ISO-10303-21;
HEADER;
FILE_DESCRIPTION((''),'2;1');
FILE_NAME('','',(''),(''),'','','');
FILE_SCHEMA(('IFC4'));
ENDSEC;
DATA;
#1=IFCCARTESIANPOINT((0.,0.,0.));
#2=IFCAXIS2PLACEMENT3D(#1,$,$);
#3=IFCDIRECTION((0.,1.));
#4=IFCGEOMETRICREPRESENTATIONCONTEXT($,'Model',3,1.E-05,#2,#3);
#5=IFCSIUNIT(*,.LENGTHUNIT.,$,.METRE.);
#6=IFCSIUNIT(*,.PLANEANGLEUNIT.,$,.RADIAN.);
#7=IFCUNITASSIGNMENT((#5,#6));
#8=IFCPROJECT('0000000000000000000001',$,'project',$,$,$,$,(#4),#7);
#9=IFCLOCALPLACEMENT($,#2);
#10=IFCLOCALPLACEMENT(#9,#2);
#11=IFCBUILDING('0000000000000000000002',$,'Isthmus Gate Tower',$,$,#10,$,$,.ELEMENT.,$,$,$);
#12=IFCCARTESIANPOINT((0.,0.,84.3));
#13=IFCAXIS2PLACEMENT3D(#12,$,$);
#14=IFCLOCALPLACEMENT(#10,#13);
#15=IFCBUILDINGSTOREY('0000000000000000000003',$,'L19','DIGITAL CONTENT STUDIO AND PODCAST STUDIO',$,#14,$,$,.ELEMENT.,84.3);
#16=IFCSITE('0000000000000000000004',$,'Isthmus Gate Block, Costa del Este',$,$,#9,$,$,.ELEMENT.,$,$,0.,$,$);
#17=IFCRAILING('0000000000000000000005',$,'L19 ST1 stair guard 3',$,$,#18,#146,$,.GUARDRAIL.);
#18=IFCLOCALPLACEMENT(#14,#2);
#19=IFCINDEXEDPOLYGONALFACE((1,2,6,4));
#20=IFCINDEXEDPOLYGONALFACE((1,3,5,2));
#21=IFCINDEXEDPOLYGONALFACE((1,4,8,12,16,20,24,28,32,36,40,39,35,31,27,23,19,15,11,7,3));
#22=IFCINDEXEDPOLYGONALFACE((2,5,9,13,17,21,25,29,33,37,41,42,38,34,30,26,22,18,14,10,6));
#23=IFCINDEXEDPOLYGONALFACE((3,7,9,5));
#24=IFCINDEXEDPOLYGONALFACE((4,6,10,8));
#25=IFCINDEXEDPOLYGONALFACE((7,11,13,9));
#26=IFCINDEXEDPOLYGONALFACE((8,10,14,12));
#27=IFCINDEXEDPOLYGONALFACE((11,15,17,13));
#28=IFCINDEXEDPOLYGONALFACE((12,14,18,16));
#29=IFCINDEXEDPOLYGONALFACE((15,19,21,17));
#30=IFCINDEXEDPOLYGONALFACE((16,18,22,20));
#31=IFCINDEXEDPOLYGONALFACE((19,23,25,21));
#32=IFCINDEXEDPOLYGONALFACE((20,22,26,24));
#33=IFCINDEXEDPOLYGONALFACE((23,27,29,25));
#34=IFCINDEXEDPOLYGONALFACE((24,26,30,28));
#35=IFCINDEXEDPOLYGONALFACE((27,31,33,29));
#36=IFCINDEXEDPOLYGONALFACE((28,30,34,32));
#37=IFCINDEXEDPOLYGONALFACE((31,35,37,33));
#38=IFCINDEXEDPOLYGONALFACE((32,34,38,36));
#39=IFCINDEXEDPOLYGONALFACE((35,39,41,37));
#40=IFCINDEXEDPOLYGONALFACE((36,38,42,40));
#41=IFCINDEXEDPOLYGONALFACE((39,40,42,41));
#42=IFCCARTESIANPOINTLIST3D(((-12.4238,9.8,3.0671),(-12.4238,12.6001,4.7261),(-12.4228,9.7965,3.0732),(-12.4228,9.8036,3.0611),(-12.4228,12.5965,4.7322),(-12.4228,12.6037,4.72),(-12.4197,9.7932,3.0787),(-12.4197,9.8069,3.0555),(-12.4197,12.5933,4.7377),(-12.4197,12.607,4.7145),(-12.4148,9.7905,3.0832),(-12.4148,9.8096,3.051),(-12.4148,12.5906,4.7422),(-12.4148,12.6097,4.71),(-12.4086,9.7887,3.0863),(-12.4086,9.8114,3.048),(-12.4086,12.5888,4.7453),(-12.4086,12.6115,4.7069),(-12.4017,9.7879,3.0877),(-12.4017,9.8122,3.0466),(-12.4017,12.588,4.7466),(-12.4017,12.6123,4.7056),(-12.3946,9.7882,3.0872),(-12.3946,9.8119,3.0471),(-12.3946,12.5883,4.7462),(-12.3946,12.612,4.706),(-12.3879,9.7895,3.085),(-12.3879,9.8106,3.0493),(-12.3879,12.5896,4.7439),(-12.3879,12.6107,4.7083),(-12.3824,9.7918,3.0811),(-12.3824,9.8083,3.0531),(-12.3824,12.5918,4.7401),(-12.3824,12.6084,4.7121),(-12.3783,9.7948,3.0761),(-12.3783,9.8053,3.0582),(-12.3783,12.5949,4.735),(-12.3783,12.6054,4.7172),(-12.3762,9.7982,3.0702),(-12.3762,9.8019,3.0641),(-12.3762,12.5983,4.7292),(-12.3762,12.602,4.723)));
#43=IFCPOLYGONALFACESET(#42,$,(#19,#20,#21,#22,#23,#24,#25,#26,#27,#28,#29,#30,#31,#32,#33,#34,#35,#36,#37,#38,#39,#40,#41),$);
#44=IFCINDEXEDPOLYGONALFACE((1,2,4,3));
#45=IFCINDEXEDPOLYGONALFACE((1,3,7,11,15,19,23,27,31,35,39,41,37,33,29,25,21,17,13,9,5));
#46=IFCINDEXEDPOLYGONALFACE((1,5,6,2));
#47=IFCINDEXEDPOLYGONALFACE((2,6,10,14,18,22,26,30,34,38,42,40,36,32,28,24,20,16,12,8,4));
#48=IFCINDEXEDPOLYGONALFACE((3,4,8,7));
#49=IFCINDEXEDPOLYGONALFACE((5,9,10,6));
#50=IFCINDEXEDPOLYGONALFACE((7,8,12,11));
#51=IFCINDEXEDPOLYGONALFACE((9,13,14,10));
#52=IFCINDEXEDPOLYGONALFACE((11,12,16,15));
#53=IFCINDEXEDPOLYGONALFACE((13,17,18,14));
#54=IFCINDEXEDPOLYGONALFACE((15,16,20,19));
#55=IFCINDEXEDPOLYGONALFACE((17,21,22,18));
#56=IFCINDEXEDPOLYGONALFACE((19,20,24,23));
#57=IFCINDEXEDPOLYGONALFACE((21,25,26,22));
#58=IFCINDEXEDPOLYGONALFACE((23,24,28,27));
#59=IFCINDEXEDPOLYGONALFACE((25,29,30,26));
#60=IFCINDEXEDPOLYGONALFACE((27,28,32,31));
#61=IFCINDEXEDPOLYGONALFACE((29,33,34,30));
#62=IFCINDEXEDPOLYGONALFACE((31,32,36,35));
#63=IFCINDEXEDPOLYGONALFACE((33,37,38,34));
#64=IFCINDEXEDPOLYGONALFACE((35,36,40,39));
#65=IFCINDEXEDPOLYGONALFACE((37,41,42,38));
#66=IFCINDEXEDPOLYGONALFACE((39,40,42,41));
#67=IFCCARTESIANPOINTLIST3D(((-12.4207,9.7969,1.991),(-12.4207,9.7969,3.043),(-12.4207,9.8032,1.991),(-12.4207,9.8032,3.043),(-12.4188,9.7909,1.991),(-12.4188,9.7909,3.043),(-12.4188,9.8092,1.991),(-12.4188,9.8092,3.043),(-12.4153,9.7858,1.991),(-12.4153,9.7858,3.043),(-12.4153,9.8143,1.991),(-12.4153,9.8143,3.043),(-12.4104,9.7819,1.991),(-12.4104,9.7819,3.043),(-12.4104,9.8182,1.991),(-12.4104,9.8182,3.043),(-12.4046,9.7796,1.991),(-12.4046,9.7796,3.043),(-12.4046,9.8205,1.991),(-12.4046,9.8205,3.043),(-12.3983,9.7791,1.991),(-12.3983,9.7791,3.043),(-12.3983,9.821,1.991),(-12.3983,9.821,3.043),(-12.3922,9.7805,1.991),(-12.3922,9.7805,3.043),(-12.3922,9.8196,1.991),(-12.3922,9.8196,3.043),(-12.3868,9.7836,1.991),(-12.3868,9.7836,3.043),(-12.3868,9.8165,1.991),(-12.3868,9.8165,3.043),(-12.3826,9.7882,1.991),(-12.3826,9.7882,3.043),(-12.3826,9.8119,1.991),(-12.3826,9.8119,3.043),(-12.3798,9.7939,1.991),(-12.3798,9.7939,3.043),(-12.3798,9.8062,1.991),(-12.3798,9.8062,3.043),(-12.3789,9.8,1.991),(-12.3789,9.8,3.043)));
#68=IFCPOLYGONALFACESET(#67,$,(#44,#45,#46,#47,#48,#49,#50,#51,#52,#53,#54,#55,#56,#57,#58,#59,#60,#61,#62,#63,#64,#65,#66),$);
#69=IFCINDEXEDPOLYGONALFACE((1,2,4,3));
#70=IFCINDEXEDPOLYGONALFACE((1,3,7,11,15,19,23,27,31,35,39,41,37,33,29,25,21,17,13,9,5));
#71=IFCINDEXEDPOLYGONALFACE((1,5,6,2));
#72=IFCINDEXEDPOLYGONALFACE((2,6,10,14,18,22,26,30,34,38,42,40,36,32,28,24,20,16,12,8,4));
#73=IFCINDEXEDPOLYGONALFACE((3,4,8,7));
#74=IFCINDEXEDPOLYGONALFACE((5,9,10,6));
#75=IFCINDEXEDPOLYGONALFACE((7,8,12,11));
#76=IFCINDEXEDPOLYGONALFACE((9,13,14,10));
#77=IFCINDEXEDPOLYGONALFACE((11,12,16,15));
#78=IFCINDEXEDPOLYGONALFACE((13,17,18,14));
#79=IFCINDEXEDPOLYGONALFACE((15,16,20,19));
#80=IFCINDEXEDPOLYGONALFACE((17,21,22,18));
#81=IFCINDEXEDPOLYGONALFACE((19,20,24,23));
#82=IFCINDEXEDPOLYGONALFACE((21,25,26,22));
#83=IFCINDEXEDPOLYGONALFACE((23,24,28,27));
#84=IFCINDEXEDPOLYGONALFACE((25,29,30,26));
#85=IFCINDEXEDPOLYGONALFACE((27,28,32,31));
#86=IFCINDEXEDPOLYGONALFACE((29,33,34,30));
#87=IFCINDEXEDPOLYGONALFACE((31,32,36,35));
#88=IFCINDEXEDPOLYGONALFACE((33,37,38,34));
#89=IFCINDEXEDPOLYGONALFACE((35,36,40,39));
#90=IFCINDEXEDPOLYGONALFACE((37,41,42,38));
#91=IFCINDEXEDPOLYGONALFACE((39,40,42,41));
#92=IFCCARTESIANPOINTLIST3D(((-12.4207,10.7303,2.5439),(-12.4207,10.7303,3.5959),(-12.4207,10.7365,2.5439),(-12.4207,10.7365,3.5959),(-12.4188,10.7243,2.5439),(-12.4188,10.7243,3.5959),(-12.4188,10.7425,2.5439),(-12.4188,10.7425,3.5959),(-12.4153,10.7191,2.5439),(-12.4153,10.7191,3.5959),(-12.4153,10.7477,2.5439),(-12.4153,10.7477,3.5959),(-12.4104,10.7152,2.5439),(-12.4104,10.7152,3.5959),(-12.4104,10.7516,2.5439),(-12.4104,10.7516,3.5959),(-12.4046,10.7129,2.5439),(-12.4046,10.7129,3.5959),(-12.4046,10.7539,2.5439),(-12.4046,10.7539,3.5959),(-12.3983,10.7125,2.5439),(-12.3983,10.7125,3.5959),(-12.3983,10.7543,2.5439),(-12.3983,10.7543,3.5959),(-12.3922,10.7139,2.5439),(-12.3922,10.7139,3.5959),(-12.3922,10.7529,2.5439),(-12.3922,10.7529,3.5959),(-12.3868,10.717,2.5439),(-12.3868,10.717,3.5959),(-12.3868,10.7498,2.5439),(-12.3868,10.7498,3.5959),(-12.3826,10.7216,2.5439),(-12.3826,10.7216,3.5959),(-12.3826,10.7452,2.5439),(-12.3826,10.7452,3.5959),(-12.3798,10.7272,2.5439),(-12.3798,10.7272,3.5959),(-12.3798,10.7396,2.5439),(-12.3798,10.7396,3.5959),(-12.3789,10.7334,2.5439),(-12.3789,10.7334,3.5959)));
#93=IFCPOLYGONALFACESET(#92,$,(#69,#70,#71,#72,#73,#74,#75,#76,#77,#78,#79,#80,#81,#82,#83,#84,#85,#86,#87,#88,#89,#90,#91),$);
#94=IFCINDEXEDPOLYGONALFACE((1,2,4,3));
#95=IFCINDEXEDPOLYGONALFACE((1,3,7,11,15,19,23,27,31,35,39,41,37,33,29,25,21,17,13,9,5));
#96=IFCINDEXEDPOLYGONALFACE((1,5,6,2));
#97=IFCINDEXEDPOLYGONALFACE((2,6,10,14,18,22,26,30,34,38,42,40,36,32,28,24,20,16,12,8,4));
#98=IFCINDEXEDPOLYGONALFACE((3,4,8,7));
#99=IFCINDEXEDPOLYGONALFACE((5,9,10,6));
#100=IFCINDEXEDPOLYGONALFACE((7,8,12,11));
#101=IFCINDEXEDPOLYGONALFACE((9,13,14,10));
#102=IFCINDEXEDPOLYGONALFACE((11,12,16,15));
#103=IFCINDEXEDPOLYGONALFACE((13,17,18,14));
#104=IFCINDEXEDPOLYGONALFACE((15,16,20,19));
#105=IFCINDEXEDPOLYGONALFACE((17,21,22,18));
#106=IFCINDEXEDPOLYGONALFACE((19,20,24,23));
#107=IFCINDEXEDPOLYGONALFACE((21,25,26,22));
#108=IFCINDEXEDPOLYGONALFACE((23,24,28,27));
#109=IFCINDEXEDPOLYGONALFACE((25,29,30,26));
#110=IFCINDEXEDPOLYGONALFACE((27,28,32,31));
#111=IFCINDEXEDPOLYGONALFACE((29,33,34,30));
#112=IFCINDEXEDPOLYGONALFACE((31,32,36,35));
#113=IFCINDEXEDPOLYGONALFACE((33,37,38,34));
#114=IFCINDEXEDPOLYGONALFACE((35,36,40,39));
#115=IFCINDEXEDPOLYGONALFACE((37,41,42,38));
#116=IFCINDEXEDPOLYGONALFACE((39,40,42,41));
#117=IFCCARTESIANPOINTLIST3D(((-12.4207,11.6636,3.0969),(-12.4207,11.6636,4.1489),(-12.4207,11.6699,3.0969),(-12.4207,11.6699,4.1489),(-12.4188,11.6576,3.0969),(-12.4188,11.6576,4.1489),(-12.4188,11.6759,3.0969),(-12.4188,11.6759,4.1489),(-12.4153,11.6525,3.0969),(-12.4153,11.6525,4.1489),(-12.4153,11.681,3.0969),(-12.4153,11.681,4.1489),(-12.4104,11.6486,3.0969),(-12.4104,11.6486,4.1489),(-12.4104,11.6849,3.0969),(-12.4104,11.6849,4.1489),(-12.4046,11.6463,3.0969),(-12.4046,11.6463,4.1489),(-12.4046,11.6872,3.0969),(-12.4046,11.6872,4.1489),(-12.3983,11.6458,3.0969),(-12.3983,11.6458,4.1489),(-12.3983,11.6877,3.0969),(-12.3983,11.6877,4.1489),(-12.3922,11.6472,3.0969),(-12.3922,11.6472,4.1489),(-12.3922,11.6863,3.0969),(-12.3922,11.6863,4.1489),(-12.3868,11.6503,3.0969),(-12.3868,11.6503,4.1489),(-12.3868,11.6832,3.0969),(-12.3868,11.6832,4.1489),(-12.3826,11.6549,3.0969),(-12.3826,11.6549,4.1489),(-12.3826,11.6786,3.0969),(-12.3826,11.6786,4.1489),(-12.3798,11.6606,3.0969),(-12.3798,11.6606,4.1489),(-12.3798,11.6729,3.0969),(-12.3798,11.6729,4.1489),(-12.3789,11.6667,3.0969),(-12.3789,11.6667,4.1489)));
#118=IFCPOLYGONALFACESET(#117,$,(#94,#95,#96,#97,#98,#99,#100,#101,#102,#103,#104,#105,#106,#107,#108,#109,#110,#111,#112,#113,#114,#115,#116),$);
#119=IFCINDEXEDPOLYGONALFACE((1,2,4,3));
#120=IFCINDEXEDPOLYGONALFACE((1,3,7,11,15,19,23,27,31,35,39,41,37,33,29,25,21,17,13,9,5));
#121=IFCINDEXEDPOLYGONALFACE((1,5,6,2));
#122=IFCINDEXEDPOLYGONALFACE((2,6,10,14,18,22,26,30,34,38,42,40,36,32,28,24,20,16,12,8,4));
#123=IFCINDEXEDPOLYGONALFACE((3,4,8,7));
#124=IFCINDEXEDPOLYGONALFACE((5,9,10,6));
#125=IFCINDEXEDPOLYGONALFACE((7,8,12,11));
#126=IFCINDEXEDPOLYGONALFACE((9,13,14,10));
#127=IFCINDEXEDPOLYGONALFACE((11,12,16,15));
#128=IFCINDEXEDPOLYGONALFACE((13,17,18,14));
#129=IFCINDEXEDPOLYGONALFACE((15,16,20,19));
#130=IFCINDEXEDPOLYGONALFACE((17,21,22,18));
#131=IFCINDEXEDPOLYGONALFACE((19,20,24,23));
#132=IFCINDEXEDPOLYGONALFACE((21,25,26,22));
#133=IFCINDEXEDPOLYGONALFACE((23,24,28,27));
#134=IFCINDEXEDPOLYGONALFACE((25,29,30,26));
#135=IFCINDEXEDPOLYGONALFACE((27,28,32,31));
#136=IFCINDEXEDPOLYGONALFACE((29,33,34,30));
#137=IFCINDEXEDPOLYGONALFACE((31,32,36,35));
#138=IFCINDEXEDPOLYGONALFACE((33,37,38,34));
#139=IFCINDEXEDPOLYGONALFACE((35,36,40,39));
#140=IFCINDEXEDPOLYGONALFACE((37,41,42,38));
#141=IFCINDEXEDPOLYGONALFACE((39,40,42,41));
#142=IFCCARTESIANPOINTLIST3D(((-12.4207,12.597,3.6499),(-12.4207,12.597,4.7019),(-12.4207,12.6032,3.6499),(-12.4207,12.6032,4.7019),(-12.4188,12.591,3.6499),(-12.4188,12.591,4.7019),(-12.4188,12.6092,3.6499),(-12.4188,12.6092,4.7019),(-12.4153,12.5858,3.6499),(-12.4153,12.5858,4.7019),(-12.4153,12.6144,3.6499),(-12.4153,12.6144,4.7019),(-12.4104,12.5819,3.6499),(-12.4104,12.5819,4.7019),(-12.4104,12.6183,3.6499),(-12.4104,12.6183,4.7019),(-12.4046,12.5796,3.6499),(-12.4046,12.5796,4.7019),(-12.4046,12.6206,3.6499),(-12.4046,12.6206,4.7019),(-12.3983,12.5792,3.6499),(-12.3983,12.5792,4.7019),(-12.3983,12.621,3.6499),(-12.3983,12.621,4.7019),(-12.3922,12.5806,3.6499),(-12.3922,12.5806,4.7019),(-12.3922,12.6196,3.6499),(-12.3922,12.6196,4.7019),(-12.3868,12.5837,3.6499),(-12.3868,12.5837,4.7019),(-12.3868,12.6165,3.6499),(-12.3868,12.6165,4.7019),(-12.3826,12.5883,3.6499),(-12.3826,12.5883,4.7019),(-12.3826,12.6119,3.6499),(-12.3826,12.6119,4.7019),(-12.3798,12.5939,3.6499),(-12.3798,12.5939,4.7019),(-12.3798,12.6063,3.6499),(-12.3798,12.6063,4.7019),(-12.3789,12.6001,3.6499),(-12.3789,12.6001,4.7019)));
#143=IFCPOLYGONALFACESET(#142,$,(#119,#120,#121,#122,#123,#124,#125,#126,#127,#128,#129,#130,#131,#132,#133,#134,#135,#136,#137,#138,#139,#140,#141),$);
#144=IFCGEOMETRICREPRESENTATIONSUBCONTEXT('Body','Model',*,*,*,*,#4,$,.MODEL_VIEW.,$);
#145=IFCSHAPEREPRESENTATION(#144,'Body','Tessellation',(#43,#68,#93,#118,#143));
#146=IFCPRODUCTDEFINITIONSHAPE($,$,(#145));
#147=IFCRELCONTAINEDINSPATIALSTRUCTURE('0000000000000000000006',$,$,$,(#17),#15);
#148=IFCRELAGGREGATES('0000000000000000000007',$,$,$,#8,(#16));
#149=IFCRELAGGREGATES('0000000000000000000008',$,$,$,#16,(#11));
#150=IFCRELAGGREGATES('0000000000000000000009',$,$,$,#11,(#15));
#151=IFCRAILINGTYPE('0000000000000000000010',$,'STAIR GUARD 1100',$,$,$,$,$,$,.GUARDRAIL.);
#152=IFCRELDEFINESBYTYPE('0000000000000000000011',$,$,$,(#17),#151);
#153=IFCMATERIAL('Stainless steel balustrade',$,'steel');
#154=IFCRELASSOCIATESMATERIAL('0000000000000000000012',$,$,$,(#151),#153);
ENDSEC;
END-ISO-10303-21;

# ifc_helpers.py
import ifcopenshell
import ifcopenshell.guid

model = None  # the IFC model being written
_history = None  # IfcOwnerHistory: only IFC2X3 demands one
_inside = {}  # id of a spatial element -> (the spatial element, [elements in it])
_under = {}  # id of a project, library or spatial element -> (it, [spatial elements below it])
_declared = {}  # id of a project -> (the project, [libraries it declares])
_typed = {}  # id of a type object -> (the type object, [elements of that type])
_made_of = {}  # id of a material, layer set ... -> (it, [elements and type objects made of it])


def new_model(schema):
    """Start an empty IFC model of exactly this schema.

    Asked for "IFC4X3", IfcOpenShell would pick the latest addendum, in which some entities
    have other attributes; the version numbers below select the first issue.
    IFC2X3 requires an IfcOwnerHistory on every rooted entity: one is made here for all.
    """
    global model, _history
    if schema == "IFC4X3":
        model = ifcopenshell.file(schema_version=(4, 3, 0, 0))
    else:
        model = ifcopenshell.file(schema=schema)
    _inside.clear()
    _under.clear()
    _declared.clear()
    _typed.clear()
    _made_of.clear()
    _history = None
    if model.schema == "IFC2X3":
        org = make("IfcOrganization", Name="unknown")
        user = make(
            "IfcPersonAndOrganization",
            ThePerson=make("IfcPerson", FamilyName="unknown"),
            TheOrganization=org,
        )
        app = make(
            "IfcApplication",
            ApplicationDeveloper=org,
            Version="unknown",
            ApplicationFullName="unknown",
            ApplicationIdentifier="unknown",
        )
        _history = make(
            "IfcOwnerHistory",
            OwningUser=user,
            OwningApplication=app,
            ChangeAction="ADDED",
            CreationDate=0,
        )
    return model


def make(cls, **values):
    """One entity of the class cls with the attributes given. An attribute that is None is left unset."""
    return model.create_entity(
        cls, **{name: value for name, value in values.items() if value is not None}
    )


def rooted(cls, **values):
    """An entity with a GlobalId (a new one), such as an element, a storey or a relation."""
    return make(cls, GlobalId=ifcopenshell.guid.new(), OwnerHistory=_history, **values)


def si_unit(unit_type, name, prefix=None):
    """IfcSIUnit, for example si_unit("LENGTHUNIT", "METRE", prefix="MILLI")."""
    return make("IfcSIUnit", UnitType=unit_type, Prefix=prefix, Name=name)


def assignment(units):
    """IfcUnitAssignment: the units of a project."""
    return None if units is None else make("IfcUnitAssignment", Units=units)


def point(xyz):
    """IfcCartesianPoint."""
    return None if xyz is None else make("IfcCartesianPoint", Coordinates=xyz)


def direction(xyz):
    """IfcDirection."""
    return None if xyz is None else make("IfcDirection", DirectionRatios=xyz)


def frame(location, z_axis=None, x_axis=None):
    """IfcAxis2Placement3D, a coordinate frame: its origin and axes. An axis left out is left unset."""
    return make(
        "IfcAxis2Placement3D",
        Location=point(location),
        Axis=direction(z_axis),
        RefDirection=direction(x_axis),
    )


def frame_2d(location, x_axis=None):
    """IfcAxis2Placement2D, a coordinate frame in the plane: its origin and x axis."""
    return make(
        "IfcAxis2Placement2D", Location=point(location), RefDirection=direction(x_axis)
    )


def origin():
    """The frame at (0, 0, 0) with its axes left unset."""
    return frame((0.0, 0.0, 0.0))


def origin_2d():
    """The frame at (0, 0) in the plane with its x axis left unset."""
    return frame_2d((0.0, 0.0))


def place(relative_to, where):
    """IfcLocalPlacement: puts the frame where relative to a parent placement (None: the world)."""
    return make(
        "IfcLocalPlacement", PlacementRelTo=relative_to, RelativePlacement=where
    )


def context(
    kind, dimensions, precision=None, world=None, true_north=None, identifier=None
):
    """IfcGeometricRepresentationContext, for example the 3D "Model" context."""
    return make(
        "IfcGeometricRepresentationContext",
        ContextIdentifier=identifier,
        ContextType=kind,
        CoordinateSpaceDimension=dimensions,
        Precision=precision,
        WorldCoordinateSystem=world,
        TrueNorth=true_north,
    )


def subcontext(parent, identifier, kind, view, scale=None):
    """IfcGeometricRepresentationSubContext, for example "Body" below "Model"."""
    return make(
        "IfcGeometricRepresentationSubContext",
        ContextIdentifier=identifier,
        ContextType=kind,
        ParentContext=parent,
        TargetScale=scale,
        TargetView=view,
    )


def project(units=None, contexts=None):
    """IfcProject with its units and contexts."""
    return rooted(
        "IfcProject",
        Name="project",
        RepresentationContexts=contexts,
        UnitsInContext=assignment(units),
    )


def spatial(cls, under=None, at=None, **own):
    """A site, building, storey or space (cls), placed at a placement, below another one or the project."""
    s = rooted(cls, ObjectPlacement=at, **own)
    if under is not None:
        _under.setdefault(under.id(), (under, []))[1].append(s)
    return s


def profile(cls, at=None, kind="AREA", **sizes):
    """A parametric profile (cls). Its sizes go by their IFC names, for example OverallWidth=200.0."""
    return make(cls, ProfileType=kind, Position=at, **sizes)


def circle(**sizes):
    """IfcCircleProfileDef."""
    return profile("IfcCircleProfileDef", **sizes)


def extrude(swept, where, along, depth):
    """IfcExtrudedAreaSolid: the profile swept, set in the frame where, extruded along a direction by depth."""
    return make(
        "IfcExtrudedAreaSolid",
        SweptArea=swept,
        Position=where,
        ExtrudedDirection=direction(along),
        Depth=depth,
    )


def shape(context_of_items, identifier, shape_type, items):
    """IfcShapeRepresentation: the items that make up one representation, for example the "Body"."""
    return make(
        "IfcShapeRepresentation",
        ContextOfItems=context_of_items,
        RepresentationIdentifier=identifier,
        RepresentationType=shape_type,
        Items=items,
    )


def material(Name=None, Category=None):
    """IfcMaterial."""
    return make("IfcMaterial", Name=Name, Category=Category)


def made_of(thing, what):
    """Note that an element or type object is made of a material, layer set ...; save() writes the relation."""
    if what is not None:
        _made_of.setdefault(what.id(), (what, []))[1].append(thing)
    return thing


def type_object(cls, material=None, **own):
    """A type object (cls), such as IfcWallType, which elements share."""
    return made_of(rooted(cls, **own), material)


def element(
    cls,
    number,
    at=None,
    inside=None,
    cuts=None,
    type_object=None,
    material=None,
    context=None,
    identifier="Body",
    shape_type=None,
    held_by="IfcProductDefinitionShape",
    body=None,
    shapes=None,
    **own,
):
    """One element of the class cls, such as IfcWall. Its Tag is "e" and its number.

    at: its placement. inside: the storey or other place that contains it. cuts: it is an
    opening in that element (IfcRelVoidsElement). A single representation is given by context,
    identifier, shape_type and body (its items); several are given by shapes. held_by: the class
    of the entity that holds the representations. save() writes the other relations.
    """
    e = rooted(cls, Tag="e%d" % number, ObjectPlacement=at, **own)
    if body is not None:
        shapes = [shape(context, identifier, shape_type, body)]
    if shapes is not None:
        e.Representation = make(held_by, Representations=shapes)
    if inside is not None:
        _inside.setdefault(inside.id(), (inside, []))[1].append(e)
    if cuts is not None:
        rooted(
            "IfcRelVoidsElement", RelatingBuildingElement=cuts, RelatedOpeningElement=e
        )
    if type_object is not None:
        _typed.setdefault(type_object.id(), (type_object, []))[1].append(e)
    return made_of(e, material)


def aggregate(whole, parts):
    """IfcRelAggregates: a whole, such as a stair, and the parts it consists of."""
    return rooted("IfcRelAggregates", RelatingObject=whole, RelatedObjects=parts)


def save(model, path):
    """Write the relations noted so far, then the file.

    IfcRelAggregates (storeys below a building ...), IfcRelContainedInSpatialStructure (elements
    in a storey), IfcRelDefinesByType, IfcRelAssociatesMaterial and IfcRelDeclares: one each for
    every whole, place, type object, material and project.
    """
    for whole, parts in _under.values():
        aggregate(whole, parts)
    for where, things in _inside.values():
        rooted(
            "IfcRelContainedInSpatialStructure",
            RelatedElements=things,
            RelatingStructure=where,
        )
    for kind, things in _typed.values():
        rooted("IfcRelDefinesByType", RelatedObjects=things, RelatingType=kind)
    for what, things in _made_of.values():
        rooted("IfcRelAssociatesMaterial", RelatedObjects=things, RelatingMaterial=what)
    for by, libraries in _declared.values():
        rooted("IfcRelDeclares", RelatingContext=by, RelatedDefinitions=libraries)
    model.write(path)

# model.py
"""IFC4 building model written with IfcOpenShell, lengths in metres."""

from ifc_helpers import new_model, si_unit, direction, frame, origin, origin_2d, place, context, subcontext, project, spatial, circle, extrude, material, type_object, element, save


model = new_model("IFC4")

# Units and contexts
model_context = context("Model", 3, precision=1e-05, world=origin(), true_north=direction((0.0, 1.0)))
body_context = subcontext(model_context, "Body", "Model", "MODEL_VIEW")
ifc_project = project(units=[si_unit("LENGTHUNIT", "METRE"), si_unit("PLANEANGLEUNIT", "RADIAN")], contexts=[model_context])

# Site, building, storey
site_placement = place(None, origin())
site = spatial("IfcSite", under=ifc_project, at=site_placement, Name="Isthmus Gate Block, Costa del Este", CompositionType="ELEMENT", RefElevation=0.0)
building_placement = place(site_placement, origin())
building = spatial("IfcBuilding", under=site, at=building_placement, Name="Isthmus Gate Tower", CompositionType="ELEMENT")
storey_placement = place(building_placement, frame((0.0, 0.0, 84.3)))
storey = spatial("IfcBuildingStorey", under=building, at=storey_placement, Name="L19", Description="DIGITAL CONTENT STUDIO AND PODCAST STUDIO", CompositionType="ELEMENT", Elevation=84.3)

# Railing
ifc_material_1 = material(Name="Stainless steel balustrade", Category="steel")
railing_type_1 = type_object("IfcRailingType", Name="STAIR GUARD 1100", PredefinedType="GUARDRAIL", material=ifc_material_1)
railing_1_placement = place(storey_placement, frame((-12.3999, 9.8, 1.991)))
element("IfcRailing", 1, at=railing_1_placement, inside=storey, type_object=railing_type_1, Name="L19 ST1 stair guard 3", PredefinedType="GUARDRAIL", context=body_context, shape_type="SweptSolid", body=[
    extrude(circle(Radius=0.0239, at=origin_2d()), frame((0.0, 0.0, 1.0762), z_axis=(0.0, 0.860339, 0.509722), x_axis=(-1.0, 0.0, 0.0)), (0.0, 0.0, 1.0), 3.2546),
    extrude(circle(Radius=0.021, at=origin_2d()), origin(), (0.0, 0.0, 1.0), 1.052),
    extrude(circle(Radius=0.021, at=origin_2d()), frame((0.0, 0.9333, 0.553)), (0.0, 0.0, 1.0), 1.052),
    extrude(circle(Radius=0.021, at=origin_2d()), frame((0.0, 1.8667, 1.106)), (0.0, 0.0, 1.0), 1.052),
    extrude(circle(Radius=0.021, at=origin_2d()), frame((0.0, 2.8, 1.6589)), (0.0, 0.0, 1.0), 1.052),
])

save(model, "model.ifc")
